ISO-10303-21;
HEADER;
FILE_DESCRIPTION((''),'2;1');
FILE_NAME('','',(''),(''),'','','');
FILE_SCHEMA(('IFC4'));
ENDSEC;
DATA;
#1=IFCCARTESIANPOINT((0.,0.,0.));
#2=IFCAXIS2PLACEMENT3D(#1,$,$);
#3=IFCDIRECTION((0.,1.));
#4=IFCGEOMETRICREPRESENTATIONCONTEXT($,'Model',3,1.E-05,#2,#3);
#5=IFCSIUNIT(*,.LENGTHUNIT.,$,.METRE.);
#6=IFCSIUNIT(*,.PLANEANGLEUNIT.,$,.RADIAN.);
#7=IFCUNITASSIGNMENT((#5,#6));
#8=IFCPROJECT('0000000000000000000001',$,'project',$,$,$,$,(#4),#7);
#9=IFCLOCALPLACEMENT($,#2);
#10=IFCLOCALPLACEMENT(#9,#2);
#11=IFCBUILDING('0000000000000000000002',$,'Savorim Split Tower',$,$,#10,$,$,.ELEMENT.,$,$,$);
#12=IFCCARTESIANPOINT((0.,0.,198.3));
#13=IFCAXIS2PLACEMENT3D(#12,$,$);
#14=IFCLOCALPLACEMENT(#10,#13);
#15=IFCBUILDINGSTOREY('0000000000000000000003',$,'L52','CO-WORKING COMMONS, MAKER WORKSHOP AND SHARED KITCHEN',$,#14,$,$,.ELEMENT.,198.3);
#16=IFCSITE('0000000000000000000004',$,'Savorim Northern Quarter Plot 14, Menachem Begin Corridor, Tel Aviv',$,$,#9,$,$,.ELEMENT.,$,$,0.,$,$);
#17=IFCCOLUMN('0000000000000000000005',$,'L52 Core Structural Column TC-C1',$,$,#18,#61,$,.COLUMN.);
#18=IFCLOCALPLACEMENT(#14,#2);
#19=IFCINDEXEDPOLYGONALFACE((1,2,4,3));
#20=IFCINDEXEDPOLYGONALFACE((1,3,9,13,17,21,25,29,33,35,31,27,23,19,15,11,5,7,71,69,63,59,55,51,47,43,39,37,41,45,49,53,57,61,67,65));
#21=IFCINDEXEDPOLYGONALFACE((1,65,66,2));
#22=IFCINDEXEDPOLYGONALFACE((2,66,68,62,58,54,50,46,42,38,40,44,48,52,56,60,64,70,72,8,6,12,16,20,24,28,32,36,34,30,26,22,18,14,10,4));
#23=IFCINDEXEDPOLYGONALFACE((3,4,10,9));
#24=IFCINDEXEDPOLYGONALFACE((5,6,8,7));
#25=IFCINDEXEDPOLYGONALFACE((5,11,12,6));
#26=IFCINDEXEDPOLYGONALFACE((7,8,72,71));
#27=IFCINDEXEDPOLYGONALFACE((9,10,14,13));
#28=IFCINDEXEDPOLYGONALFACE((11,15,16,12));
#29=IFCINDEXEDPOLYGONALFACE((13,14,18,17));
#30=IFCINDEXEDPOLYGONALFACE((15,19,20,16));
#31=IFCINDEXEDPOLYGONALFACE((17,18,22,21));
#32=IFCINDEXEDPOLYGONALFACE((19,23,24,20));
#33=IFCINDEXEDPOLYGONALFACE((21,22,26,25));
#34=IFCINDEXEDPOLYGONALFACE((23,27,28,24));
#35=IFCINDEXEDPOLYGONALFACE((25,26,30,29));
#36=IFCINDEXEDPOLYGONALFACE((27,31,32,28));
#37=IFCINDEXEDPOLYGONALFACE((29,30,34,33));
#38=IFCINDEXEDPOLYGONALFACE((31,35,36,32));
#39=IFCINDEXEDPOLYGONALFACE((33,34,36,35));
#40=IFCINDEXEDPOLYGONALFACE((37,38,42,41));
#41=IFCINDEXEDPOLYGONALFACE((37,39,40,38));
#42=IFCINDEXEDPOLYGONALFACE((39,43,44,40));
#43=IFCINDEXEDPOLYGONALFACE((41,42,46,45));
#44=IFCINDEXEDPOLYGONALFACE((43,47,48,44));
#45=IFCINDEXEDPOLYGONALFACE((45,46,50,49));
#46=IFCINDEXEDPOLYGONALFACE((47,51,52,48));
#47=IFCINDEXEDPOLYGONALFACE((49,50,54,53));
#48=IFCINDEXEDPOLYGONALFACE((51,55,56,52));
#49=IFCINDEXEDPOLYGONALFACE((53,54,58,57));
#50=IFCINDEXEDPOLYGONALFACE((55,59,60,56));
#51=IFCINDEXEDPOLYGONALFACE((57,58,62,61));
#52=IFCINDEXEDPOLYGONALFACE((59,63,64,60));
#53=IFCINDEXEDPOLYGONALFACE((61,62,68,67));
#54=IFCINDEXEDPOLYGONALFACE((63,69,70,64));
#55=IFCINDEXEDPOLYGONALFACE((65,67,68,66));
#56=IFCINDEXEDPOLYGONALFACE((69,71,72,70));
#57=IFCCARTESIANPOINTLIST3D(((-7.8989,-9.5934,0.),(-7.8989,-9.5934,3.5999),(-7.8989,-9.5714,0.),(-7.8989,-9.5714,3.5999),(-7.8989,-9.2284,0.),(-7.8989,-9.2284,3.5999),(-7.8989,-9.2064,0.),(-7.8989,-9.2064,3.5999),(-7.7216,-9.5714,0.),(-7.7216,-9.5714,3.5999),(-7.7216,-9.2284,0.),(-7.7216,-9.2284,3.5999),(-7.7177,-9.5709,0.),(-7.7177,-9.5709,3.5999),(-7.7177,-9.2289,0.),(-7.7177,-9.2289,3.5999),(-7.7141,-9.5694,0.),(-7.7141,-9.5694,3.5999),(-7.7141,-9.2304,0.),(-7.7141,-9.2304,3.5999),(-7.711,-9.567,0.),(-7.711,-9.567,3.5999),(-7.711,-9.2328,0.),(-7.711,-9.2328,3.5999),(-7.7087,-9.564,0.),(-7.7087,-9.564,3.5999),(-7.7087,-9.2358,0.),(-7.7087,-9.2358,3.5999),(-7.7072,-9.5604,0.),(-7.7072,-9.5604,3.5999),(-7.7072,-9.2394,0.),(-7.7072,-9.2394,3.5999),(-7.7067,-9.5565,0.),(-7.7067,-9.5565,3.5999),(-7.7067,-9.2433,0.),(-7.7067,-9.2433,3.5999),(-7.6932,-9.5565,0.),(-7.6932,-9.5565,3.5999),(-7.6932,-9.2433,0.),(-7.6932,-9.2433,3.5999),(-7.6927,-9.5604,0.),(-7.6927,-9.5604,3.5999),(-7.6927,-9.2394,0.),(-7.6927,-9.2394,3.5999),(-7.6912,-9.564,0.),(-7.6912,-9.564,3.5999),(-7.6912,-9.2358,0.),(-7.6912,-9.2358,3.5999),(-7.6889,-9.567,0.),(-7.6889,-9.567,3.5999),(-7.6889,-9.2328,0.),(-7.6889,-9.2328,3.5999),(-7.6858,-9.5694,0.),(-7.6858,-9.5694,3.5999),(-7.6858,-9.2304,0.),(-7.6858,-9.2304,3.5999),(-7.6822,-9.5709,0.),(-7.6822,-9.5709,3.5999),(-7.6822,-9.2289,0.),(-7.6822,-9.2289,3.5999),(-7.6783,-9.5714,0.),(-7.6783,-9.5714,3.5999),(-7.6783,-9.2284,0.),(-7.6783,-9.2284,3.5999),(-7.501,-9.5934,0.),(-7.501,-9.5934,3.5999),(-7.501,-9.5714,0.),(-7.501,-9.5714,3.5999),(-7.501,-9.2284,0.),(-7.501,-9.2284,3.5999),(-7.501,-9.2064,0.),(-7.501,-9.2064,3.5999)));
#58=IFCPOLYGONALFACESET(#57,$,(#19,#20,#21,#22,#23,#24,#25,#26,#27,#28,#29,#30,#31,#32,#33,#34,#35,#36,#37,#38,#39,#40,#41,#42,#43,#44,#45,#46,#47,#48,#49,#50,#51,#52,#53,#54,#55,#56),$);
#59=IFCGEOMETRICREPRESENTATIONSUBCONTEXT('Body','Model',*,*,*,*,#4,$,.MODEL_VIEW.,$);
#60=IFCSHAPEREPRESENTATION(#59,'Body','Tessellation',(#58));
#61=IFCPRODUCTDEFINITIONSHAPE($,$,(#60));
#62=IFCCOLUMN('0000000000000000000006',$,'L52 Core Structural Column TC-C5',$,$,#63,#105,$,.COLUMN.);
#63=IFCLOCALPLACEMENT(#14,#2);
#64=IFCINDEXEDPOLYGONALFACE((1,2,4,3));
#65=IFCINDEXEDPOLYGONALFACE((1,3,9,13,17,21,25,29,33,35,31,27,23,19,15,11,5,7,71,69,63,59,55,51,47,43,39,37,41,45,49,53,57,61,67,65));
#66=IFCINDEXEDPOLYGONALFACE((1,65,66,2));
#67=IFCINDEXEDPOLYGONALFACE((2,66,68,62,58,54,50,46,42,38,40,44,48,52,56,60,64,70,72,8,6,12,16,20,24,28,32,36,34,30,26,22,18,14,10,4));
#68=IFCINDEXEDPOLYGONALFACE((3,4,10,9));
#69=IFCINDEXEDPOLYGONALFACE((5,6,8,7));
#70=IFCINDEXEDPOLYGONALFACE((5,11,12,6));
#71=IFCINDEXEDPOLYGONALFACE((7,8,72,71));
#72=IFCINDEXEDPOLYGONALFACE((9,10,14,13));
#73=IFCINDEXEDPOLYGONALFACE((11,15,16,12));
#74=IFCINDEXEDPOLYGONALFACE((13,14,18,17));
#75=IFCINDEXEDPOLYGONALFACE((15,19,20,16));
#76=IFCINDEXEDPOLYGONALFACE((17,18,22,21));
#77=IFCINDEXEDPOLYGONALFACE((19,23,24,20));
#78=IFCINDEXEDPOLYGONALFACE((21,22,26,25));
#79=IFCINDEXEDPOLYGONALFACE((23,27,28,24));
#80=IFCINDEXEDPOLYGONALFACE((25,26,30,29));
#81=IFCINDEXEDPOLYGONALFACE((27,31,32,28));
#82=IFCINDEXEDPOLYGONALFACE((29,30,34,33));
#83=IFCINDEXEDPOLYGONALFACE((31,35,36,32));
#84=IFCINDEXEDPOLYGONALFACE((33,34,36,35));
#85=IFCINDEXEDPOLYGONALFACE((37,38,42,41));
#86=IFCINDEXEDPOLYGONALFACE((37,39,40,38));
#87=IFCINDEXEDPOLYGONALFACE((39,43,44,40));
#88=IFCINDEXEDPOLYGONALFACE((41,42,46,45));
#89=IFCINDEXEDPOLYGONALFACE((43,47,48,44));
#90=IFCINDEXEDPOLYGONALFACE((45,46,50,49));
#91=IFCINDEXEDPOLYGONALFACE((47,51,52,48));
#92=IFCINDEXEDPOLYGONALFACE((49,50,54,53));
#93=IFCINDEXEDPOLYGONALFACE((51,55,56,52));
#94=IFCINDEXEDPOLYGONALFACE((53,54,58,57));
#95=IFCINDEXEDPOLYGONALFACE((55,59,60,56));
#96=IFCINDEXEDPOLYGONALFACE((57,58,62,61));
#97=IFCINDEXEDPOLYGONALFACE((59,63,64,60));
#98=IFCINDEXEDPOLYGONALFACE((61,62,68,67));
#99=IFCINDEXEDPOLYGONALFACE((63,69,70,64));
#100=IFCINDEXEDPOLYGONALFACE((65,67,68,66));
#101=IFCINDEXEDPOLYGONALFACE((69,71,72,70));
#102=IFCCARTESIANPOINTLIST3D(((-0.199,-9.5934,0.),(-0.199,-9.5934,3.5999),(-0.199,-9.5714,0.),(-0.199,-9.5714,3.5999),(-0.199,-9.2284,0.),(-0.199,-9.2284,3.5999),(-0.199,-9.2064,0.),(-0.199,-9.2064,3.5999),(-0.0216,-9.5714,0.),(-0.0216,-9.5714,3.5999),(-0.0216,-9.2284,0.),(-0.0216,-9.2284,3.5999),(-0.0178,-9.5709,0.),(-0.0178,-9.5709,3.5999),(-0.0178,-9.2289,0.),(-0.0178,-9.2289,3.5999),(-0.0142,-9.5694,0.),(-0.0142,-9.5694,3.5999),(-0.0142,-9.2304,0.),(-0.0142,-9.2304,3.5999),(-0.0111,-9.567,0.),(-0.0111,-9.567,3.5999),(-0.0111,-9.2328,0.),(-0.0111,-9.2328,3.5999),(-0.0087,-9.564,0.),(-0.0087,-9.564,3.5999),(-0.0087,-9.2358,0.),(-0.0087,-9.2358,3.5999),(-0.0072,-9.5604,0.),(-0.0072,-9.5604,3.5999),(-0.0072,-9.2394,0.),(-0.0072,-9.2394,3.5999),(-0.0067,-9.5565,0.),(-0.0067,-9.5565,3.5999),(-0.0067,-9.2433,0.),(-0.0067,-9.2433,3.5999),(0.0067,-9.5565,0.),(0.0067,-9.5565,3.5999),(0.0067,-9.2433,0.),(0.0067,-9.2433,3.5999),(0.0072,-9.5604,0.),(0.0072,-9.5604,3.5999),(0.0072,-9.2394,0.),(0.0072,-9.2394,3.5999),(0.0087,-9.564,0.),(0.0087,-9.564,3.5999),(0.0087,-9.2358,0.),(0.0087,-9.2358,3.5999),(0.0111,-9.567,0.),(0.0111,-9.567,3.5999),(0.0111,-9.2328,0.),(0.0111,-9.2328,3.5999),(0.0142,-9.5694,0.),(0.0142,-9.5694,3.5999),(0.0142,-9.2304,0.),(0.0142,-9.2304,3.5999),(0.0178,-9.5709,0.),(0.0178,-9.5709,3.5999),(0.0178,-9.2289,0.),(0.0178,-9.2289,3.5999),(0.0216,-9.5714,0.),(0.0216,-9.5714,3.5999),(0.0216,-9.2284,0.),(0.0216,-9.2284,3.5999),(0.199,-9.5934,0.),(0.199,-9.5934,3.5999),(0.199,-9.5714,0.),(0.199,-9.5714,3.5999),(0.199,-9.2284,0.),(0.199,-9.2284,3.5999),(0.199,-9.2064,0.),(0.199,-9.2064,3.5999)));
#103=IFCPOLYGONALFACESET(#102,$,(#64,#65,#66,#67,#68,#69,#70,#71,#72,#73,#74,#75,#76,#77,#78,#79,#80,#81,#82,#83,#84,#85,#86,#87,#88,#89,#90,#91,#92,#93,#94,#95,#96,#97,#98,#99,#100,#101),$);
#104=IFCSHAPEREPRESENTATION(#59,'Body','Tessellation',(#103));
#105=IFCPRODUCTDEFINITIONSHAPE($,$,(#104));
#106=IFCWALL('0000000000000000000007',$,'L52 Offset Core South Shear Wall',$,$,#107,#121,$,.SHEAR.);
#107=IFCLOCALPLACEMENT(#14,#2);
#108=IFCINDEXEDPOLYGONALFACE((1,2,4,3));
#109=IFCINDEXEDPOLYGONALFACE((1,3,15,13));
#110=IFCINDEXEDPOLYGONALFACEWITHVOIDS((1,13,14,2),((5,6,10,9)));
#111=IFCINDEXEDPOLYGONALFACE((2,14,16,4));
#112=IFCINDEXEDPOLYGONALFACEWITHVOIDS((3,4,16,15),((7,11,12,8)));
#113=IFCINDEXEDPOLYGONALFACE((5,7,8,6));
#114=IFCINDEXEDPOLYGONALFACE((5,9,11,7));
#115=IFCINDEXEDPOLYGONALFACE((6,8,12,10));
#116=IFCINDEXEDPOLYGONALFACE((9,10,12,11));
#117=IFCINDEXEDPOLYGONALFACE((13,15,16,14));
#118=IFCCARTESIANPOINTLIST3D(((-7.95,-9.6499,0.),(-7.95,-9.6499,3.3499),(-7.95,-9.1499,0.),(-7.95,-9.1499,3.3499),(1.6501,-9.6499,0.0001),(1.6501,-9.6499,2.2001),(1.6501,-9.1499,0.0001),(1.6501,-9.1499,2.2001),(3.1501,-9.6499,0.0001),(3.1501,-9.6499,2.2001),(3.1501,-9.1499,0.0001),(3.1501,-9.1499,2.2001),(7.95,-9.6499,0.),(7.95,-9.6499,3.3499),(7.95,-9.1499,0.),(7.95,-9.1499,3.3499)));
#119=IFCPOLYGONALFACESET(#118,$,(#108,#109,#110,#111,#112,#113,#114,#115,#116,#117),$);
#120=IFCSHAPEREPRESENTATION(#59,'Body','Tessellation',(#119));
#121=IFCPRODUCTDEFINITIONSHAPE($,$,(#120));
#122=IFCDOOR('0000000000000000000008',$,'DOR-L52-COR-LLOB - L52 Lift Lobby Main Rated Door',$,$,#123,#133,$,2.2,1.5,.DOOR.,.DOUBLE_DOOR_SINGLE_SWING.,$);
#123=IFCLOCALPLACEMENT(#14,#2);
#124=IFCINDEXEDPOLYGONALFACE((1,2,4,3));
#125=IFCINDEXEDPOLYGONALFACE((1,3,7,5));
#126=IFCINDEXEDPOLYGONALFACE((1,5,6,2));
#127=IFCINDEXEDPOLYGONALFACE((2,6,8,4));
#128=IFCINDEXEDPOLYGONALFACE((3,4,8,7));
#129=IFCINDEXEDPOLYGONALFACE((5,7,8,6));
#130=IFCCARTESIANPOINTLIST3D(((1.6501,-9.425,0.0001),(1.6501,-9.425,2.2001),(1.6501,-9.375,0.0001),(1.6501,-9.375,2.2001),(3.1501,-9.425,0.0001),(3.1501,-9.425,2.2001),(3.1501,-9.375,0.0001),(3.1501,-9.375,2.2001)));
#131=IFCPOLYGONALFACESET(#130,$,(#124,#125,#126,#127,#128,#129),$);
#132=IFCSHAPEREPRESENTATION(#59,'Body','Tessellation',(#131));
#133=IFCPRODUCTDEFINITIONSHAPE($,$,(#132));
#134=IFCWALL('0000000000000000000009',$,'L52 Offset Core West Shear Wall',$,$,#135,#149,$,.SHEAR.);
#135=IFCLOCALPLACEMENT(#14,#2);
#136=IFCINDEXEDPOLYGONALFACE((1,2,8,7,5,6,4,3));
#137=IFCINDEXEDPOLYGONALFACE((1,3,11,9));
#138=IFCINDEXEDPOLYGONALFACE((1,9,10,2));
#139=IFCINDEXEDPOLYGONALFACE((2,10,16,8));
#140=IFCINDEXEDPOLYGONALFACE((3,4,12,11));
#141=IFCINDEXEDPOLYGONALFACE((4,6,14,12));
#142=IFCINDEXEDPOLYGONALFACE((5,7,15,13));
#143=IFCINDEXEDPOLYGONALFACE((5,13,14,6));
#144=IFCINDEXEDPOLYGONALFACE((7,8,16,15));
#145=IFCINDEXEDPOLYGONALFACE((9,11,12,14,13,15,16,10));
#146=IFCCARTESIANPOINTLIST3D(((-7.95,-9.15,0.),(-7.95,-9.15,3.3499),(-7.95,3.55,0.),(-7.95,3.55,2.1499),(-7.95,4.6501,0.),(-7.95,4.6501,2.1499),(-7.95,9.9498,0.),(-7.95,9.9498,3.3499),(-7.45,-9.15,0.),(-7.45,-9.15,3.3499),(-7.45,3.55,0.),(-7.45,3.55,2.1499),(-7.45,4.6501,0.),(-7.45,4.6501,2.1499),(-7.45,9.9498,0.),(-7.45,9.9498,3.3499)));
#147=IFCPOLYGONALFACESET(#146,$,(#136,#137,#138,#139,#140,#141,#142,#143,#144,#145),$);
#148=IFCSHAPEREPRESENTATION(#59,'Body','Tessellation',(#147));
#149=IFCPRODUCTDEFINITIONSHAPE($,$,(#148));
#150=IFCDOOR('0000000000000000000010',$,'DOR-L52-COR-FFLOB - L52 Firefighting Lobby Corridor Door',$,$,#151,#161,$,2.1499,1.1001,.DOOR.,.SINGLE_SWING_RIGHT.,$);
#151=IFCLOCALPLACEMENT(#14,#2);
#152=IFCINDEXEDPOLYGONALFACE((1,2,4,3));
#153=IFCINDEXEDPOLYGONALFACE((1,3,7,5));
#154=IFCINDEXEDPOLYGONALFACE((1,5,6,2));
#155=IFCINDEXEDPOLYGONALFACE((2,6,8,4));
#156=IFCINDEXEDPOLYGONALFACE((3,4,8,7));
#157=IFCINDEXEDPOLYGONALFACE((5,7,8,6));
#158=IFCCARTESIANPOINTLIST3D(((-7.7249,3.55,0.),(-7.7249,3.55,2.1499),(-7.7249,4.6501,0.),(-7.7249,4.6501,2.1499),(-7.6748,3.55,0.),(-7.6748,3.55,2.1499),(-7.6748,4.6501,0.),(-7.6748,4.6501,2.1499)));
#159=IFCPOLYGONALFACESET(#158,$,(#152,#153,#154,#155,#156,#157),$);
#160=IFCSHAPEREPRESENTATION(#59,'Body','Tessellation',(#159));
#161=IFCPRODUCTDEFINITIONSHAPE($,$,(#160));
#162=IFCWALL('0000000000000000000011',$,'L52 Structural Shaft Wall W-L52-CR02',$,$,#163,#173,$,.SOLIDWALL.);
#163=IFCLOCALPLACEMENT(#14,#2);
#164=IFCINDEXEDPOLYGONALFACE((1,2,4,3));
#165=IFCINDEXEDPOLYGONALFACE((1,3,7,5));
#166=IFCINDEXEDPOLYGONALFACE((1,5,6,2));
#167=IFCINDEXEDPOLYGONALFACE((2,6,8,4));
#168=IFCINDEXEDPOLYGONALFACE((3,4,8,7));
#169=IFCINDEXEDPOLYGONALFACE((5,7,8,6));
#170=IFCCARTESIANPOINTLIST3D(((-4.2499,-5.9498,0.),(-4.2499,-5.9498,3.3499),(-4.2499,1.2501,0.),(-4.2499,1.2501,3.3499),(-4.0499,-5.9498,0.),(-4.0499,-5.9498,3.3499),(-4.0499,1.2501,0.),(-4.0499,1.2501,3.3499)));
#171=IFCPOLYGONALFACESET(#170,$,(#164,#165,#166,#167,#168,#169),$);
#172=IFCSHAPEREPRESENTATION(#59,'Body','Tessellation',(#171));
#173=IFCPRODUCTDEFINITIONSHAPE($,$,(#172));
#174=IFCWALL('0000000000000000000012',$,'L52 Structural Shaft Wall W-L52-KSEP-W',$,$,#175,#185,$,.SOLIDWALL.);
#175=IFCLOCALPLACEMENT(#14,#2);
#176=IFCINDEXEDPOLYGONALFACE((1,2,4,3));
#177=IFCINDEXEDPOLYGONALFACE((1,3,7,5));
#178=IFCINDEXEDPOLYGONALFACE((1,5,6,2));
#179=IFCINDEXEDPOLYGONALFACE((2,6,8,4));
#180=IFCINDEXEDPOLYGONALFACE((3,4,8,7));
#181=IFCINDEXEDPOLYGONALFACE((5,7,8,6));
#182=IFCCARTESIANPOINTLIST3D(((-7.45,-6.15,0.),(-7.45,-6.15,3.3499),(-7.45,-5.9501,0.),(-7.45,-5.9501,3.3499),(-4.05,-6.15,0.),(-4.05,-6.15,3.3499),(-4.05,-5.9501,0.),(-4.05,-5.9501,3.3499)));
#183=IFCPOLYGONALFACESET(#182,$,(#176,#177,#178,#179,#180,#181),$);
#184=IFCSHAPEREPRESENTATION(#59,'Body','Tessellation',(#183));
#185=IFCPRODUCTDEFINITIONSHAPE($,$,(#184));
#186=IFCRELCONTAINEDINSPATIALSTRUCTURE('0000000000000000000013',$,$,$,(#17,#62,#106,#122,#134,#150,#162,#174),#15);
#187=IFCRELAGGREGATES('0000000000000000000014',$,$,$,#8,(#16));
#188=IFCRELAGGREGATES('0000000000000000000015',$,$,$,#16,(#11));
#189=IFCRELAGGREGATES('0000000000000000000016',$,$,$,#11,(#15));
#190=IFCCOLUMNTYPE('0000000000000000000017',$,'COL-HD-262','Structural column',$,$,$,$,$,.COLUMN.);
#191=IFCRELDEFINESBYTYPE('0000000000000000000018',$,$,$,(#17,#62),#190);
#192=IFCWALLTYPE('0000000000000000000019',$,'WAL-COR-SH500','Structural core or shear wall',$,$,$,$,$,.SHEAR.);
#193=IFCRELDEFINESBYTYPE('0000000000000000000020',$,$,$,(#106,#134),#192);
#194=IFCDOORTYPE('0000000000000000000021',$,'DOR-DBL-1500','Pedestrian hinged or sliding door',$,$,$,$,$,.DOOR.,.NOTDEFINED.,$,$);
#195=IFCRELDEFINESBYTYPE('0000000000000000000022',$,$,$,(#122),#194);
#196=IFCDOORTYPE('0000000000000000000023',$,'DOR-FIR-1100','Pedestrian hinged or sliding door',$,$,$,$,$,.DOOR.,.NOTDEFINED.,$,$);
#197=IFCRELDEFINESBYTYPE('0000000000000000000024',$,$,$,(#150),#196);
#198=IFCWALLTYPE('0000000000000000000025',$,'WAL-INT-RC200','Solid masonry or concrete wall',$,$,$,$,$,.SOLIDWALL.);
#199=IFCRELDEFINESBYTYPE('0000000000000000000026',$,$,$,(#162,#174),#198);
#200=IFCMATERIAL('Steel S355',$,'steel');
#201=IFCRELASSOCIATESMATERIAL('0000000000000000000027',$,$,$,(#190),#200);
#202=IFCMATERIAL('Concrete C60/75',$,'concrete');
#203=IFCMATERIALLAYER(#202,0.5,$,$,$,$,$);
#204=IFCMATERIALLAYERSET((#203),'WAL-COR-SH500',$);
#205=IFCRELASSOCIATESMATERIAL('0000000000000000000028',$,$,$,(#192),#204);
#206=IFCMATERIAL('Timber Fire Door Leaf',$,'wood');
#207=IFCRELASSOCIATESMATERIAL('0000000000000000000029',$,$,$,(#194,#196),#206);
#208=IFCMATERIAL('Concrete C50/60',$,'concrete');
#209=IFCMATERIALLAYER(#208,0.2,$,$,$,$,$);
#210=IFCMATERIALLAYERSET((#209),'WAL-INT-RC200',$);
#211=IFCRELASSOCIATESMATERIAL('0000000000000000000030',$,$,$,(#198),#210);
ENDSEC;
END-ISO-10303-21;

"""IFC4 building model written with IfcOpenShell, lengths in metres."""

from ifc_helpers import new_model, si_unit, direction, frame, frame_2d, origin, origin_2d, place, context, subcontext, project, spatial, rectangle, i_section, extrude, material, layer, layer_set, material_profile, profile_set, type_object, element, fill, save


model = new_model("IFC4")

# Units and contexts
model_context = context("Model", 3, precision=1e-05, world=origin(), true_north=direction((0.0, 1.0)))
body_context = subcontext(model_context, "Body", "Model", "MODEL_VIEW")
ifc_project = project(units=[si_unit("LENGTHUNIT", "METRE"), si_unit("PLANEANGLEUNIT", "RADIAN")], contexts=[model_context])

# Site, building, storey
site_placement = place(None, origin())
site = spatial("IfcSite", under=ifc_project, at=site_placement, Name="Savorim Northern Quarter Plot 14, Menachem Begin Corridor, Tel Aviv", CompositionType="ELEMENT", RefElevation=0.0)
building_placement = place(site_placement, origin())
building = spatial("IfcBuilding", under=site, at=building_placement, Name="Savorim Split Tower", CompositionType="ELEMENT")
storey_placement = place(building_placement, frame((0.0, 0.0, 198.3)))
storey = spatial("IfcBuildingStorey", under=building, at=storey_placement, Name="L52", Description="CO-WORKING COMMONS, MAKER WORKSHOP AND SHARED KITCHEN", CompositionType="ELEMENT", Elevation=198.3)

# Columns
ifc_material_1 = material(Name="Steel S355", Category="steel")
ifc_material_profile = material_profile(ifc_material_1, i_section(OverallWidth=0.3979, OverallDepth=0.387, WebThickness=0.0134, FlangeThickness=0.022, FilletRadius=0.0149, at=origin_2d()), Name="HD 400x262")
ifc_profile_set = profile_set([ifc_material_profile], Name="Steel S355")
column_type = type_object("IfcColumnType", Name="COL-HD-262", Description="Structural column", PredefinedType="COLUMN", material=ifc_profile_set)
for number, where, z_axis, x_axis, name in (
    (1, (-7.7, -9.3999, 0.0), (0.0, 0.0, 1.0), (1.0, 0.0, 0.0), "L52 Core Structural Column TC-C1"),
    (2, (0.0, -9.3999, 0.0), (0.0, 0.0, 1.0), (1.0, 0.0, 0.0), "L52 Core Structural Column TC-C5"),
):
    element("IfcColumn", number, at=place(storey_placement, frame(where, z_axis=z_axis, x_axis=x_axis)), inside=storey, type_object=column_type, Name=name, PredefinedType="COLUMN", context=body_context, shape_type="SweptSolid", body=[
        extrude(i_section(OverallWidth=0.3979, OverallDepth=0.387, WebThickness=0.0134, FlangeThickness=0.022, FilletRadius=0.0149, at=origin_2d()), origin(), (0.0, 0.0, 1.0), 3.5999),
    ])

# Walls, openings, doors
ifc_material_2 = material(Name="Concrete C60/75", Category="concrete")
ifc_layer_1 = layer(ifc_material_2, 0.5)
ifc_layer_set_1 = layer_set([ifc_layer_1], Name="WAL-COR-SH500")
wall_type_1 = type_object("IfcWallType", Name="WAL-COR-SH500", Description="Structural core or shear wall", PredefinedType="SHEAR", material=ifc_layer_set_1)
wall_1_placement = place(storey_placement, frame((-7.95, -9.3999, 0.0), z_axis=(0.0, 0.0, 1.0), x_axis=(1.0, 0.0, 0.0)))
wall_1 = element("IfcWall", 3, at=wall_1_placement, inside=storey, type_object=wall_type_1, Name="L52 Offset Core South Shear Wall", PredefinedType="SHEAR", context=body_context, shape_type="SweptSolid", body=[
    extrude(rectangle(XDim=15.8999, YDim=0.5, at=frame_2d((7.95, 0.0))), origin(), (0.0, 0.0, 1.0), 3.3499),
])
opening_1_placement = place(wall_1_placement, frame((9.6001, 0.0, 0.0)))
opening_1 = element("IfcOpeningElement", 4, at=opening_1_placement, cuts=wall_1, PredefinedType="OPENING", context=body_context, shape_type="SweptSolid", body=[
    extrude(rectangle(XDim=1.5, YDim=2.2, at=frame_2d((0.75, 1.1001))), frame((0.0, 0.26, 0.0), z_axis=(0.0, -1.0, 0.0), x_axis=(1.0, 0.0, 0.0)), (0.0, 0.0, 1.0), 0.52),
])
ifc_material_3 = material(Name="Timber Fire Door Leaf", Category="wood")
door_type_1 = type_object("IfcDoorType", Name="DOR-DBL-1500", Description="Pedestrian hinged or sliding door", OperationType="NOTDEFINED", PredefinedType="DOOR", material=ifc_material_3)
door_1_placement = place(opening_1_placement, origin())
door_1 = element("IfcDoor", 5, at=door_1_placement, inside=storey, type_object=door_type_1, Name="DOR-L52-COR-LLOB - L52 Lift Lobby Main Rated Door", OperationType="DOUBLE_DOOR_SINGLE_SWING", OverallHeight=2.2, OverallWidth=1.5, PredefinedType="DOOR", context=body_context, shape_type="SweptSolid", body=[
    extrude(rectangle(XDim=1.5, YDim=2.2, at=frame_2d((0.75, 1.1001))), frame((0.0, 0.0249, 0.0), z_axis=(0.0, -1.0, 0.0), x_axis=(1.0, 0.0, 0.0)), (0.0, 0.0, 1.0), 0.05),
])
fill(opening_1, door_1)
wall_2_placement = place(storey_placement, frame((-7.7, -9.1499, 0.0), z_axis=(0.0, 0.0, 1.0), x_axis=(0.0, 1.0, 0.0)))
wall_2 = element("IfcWall", 6, at=wall_2_placement, inside=storey, type_object=wall_type_1, Name="L52 Offset Core West Shear Wall", PredefinedType="SHEAR", context=body_context, shape_type="SweptSolid", body=[
    extrude(rectangle(XDim=19.0999, YDim=0.5, at=frame_2d((9.5498, 0.0))), origin(), (0.0, 0.0, 1.0), 3.3499),
])
opening_2_placement = place(wall_2_placement, frame((12.7, 0.0, 0.0)))
opening_2 = element("IfcOpeningElement", 7, at=opening_2_placement, cuts=wall_2, PredefinedType="OPENING", context=body_context, shape_type="SweptSolid", body=[
    extrude(rectangle(XDim=1.1001, YDim=2.1499, at=frame_2d((0.55, 1.075))), frame((0.0, 0.26, 0.0), z_axis=(0.0, -1.0, 0.0), x_axis=(1.0, 0.0, 0.0)), (0.0, 0.0, 1.0), 0.52),
])
door_type_2 = type_object("IfcDoorType", Name="DOR-FIR-1100", Description="Pedestrian hinged or sliding door", OperationType="NOTDEFINED", PredefinedType="DOOR", material=ifc_material_3)
door_2_placement = place(opening_2_placement, origin())
door_2 = element("IfcDoor", 8, at=door_2_placement, inside=storey, type_object=door_type_2, Name="DOR-L52-COR-FFLOB - L52 Firefighting Lobby Corridor Door", OperationType="SINGLE_SWING_RIGHT", OverallHeight=2.1499, OverallWidth=1.1001, PredefinedType="DOOR", context=body_context, shape_type="SweptSolid", body=[
    extrude(rectangle(XDim=1.1001, YDim=2.1499, at=frame_2d((0.55, 1.075))), frame((0.0, 0.0249, 0.0), z_axis=(0.0, -1.0, 0.0), x_axis=(1.0, 0.0, 0.0)), (0.0, 0.0, 1.0), 0.05),
])
fill(opening_2, door_2)

# Wall
ifc_material_4 = material(Name="Concrete C50/60", Category="concrete")
ifc_layer_2 = layer(ifc_material_4, 0.2)
ifc_layer_set_2 = layer_set([ifc_layer_2], Name="WAL-INT-RC200")
wall_type_2 = type_object("IfcWallType", Name="WAL-INT-RC200", Description="Solid masonry or concrete wall", PredefinedType="SOLIDWALL", material=ifc_layer_set_2)
wall_3_placement = place(storey_placement, frame((-4.1499, -5.95, 0.0), z_axis=(0.0, 0.0, 1.0), x_axis=(0.0, 1.0, 0.0)))
element("IfcWall", 9, at=wall_3_placement, inside=storey, type_object=wall_type_2, Name="L52 Structural Shaft Wall W-L52-CR02", PredefinedType="SOLIDWALL", context=body_context, shape_type="SweptSolid", body=[
    extrude(rectangle(XDim=7.2, YDim=0.2, at=frame_2d((3.6001, 0.0))), origin(), (0.0, 0.0, 1.0), 3.3499),
])

# Wall
wall_4_placement = place(storey_placement, frame((-7.45, -6.05, 0.0), z_axis=(0.0, 0.0, 1.0), x_axis=(1.0, 0.0, 0.0)))
element("IfcWall", 10, at=wall_4_placement, inside=storey, type_object=wall_type_2, Name="L52 Structural Shaft Wall W-L52-KSEP-W", PredefinedType="SOLIDWALL", context=body_context, shape_type="SweptSolid", body=[
    extrude(rectangle(XDim=3.3999, YDim=0.2, at=frame_2d((1.7, 0.0))), origin(), (0.0, 0.0, 1.0), 3.3499),
])

save(model, "model.ifc")
